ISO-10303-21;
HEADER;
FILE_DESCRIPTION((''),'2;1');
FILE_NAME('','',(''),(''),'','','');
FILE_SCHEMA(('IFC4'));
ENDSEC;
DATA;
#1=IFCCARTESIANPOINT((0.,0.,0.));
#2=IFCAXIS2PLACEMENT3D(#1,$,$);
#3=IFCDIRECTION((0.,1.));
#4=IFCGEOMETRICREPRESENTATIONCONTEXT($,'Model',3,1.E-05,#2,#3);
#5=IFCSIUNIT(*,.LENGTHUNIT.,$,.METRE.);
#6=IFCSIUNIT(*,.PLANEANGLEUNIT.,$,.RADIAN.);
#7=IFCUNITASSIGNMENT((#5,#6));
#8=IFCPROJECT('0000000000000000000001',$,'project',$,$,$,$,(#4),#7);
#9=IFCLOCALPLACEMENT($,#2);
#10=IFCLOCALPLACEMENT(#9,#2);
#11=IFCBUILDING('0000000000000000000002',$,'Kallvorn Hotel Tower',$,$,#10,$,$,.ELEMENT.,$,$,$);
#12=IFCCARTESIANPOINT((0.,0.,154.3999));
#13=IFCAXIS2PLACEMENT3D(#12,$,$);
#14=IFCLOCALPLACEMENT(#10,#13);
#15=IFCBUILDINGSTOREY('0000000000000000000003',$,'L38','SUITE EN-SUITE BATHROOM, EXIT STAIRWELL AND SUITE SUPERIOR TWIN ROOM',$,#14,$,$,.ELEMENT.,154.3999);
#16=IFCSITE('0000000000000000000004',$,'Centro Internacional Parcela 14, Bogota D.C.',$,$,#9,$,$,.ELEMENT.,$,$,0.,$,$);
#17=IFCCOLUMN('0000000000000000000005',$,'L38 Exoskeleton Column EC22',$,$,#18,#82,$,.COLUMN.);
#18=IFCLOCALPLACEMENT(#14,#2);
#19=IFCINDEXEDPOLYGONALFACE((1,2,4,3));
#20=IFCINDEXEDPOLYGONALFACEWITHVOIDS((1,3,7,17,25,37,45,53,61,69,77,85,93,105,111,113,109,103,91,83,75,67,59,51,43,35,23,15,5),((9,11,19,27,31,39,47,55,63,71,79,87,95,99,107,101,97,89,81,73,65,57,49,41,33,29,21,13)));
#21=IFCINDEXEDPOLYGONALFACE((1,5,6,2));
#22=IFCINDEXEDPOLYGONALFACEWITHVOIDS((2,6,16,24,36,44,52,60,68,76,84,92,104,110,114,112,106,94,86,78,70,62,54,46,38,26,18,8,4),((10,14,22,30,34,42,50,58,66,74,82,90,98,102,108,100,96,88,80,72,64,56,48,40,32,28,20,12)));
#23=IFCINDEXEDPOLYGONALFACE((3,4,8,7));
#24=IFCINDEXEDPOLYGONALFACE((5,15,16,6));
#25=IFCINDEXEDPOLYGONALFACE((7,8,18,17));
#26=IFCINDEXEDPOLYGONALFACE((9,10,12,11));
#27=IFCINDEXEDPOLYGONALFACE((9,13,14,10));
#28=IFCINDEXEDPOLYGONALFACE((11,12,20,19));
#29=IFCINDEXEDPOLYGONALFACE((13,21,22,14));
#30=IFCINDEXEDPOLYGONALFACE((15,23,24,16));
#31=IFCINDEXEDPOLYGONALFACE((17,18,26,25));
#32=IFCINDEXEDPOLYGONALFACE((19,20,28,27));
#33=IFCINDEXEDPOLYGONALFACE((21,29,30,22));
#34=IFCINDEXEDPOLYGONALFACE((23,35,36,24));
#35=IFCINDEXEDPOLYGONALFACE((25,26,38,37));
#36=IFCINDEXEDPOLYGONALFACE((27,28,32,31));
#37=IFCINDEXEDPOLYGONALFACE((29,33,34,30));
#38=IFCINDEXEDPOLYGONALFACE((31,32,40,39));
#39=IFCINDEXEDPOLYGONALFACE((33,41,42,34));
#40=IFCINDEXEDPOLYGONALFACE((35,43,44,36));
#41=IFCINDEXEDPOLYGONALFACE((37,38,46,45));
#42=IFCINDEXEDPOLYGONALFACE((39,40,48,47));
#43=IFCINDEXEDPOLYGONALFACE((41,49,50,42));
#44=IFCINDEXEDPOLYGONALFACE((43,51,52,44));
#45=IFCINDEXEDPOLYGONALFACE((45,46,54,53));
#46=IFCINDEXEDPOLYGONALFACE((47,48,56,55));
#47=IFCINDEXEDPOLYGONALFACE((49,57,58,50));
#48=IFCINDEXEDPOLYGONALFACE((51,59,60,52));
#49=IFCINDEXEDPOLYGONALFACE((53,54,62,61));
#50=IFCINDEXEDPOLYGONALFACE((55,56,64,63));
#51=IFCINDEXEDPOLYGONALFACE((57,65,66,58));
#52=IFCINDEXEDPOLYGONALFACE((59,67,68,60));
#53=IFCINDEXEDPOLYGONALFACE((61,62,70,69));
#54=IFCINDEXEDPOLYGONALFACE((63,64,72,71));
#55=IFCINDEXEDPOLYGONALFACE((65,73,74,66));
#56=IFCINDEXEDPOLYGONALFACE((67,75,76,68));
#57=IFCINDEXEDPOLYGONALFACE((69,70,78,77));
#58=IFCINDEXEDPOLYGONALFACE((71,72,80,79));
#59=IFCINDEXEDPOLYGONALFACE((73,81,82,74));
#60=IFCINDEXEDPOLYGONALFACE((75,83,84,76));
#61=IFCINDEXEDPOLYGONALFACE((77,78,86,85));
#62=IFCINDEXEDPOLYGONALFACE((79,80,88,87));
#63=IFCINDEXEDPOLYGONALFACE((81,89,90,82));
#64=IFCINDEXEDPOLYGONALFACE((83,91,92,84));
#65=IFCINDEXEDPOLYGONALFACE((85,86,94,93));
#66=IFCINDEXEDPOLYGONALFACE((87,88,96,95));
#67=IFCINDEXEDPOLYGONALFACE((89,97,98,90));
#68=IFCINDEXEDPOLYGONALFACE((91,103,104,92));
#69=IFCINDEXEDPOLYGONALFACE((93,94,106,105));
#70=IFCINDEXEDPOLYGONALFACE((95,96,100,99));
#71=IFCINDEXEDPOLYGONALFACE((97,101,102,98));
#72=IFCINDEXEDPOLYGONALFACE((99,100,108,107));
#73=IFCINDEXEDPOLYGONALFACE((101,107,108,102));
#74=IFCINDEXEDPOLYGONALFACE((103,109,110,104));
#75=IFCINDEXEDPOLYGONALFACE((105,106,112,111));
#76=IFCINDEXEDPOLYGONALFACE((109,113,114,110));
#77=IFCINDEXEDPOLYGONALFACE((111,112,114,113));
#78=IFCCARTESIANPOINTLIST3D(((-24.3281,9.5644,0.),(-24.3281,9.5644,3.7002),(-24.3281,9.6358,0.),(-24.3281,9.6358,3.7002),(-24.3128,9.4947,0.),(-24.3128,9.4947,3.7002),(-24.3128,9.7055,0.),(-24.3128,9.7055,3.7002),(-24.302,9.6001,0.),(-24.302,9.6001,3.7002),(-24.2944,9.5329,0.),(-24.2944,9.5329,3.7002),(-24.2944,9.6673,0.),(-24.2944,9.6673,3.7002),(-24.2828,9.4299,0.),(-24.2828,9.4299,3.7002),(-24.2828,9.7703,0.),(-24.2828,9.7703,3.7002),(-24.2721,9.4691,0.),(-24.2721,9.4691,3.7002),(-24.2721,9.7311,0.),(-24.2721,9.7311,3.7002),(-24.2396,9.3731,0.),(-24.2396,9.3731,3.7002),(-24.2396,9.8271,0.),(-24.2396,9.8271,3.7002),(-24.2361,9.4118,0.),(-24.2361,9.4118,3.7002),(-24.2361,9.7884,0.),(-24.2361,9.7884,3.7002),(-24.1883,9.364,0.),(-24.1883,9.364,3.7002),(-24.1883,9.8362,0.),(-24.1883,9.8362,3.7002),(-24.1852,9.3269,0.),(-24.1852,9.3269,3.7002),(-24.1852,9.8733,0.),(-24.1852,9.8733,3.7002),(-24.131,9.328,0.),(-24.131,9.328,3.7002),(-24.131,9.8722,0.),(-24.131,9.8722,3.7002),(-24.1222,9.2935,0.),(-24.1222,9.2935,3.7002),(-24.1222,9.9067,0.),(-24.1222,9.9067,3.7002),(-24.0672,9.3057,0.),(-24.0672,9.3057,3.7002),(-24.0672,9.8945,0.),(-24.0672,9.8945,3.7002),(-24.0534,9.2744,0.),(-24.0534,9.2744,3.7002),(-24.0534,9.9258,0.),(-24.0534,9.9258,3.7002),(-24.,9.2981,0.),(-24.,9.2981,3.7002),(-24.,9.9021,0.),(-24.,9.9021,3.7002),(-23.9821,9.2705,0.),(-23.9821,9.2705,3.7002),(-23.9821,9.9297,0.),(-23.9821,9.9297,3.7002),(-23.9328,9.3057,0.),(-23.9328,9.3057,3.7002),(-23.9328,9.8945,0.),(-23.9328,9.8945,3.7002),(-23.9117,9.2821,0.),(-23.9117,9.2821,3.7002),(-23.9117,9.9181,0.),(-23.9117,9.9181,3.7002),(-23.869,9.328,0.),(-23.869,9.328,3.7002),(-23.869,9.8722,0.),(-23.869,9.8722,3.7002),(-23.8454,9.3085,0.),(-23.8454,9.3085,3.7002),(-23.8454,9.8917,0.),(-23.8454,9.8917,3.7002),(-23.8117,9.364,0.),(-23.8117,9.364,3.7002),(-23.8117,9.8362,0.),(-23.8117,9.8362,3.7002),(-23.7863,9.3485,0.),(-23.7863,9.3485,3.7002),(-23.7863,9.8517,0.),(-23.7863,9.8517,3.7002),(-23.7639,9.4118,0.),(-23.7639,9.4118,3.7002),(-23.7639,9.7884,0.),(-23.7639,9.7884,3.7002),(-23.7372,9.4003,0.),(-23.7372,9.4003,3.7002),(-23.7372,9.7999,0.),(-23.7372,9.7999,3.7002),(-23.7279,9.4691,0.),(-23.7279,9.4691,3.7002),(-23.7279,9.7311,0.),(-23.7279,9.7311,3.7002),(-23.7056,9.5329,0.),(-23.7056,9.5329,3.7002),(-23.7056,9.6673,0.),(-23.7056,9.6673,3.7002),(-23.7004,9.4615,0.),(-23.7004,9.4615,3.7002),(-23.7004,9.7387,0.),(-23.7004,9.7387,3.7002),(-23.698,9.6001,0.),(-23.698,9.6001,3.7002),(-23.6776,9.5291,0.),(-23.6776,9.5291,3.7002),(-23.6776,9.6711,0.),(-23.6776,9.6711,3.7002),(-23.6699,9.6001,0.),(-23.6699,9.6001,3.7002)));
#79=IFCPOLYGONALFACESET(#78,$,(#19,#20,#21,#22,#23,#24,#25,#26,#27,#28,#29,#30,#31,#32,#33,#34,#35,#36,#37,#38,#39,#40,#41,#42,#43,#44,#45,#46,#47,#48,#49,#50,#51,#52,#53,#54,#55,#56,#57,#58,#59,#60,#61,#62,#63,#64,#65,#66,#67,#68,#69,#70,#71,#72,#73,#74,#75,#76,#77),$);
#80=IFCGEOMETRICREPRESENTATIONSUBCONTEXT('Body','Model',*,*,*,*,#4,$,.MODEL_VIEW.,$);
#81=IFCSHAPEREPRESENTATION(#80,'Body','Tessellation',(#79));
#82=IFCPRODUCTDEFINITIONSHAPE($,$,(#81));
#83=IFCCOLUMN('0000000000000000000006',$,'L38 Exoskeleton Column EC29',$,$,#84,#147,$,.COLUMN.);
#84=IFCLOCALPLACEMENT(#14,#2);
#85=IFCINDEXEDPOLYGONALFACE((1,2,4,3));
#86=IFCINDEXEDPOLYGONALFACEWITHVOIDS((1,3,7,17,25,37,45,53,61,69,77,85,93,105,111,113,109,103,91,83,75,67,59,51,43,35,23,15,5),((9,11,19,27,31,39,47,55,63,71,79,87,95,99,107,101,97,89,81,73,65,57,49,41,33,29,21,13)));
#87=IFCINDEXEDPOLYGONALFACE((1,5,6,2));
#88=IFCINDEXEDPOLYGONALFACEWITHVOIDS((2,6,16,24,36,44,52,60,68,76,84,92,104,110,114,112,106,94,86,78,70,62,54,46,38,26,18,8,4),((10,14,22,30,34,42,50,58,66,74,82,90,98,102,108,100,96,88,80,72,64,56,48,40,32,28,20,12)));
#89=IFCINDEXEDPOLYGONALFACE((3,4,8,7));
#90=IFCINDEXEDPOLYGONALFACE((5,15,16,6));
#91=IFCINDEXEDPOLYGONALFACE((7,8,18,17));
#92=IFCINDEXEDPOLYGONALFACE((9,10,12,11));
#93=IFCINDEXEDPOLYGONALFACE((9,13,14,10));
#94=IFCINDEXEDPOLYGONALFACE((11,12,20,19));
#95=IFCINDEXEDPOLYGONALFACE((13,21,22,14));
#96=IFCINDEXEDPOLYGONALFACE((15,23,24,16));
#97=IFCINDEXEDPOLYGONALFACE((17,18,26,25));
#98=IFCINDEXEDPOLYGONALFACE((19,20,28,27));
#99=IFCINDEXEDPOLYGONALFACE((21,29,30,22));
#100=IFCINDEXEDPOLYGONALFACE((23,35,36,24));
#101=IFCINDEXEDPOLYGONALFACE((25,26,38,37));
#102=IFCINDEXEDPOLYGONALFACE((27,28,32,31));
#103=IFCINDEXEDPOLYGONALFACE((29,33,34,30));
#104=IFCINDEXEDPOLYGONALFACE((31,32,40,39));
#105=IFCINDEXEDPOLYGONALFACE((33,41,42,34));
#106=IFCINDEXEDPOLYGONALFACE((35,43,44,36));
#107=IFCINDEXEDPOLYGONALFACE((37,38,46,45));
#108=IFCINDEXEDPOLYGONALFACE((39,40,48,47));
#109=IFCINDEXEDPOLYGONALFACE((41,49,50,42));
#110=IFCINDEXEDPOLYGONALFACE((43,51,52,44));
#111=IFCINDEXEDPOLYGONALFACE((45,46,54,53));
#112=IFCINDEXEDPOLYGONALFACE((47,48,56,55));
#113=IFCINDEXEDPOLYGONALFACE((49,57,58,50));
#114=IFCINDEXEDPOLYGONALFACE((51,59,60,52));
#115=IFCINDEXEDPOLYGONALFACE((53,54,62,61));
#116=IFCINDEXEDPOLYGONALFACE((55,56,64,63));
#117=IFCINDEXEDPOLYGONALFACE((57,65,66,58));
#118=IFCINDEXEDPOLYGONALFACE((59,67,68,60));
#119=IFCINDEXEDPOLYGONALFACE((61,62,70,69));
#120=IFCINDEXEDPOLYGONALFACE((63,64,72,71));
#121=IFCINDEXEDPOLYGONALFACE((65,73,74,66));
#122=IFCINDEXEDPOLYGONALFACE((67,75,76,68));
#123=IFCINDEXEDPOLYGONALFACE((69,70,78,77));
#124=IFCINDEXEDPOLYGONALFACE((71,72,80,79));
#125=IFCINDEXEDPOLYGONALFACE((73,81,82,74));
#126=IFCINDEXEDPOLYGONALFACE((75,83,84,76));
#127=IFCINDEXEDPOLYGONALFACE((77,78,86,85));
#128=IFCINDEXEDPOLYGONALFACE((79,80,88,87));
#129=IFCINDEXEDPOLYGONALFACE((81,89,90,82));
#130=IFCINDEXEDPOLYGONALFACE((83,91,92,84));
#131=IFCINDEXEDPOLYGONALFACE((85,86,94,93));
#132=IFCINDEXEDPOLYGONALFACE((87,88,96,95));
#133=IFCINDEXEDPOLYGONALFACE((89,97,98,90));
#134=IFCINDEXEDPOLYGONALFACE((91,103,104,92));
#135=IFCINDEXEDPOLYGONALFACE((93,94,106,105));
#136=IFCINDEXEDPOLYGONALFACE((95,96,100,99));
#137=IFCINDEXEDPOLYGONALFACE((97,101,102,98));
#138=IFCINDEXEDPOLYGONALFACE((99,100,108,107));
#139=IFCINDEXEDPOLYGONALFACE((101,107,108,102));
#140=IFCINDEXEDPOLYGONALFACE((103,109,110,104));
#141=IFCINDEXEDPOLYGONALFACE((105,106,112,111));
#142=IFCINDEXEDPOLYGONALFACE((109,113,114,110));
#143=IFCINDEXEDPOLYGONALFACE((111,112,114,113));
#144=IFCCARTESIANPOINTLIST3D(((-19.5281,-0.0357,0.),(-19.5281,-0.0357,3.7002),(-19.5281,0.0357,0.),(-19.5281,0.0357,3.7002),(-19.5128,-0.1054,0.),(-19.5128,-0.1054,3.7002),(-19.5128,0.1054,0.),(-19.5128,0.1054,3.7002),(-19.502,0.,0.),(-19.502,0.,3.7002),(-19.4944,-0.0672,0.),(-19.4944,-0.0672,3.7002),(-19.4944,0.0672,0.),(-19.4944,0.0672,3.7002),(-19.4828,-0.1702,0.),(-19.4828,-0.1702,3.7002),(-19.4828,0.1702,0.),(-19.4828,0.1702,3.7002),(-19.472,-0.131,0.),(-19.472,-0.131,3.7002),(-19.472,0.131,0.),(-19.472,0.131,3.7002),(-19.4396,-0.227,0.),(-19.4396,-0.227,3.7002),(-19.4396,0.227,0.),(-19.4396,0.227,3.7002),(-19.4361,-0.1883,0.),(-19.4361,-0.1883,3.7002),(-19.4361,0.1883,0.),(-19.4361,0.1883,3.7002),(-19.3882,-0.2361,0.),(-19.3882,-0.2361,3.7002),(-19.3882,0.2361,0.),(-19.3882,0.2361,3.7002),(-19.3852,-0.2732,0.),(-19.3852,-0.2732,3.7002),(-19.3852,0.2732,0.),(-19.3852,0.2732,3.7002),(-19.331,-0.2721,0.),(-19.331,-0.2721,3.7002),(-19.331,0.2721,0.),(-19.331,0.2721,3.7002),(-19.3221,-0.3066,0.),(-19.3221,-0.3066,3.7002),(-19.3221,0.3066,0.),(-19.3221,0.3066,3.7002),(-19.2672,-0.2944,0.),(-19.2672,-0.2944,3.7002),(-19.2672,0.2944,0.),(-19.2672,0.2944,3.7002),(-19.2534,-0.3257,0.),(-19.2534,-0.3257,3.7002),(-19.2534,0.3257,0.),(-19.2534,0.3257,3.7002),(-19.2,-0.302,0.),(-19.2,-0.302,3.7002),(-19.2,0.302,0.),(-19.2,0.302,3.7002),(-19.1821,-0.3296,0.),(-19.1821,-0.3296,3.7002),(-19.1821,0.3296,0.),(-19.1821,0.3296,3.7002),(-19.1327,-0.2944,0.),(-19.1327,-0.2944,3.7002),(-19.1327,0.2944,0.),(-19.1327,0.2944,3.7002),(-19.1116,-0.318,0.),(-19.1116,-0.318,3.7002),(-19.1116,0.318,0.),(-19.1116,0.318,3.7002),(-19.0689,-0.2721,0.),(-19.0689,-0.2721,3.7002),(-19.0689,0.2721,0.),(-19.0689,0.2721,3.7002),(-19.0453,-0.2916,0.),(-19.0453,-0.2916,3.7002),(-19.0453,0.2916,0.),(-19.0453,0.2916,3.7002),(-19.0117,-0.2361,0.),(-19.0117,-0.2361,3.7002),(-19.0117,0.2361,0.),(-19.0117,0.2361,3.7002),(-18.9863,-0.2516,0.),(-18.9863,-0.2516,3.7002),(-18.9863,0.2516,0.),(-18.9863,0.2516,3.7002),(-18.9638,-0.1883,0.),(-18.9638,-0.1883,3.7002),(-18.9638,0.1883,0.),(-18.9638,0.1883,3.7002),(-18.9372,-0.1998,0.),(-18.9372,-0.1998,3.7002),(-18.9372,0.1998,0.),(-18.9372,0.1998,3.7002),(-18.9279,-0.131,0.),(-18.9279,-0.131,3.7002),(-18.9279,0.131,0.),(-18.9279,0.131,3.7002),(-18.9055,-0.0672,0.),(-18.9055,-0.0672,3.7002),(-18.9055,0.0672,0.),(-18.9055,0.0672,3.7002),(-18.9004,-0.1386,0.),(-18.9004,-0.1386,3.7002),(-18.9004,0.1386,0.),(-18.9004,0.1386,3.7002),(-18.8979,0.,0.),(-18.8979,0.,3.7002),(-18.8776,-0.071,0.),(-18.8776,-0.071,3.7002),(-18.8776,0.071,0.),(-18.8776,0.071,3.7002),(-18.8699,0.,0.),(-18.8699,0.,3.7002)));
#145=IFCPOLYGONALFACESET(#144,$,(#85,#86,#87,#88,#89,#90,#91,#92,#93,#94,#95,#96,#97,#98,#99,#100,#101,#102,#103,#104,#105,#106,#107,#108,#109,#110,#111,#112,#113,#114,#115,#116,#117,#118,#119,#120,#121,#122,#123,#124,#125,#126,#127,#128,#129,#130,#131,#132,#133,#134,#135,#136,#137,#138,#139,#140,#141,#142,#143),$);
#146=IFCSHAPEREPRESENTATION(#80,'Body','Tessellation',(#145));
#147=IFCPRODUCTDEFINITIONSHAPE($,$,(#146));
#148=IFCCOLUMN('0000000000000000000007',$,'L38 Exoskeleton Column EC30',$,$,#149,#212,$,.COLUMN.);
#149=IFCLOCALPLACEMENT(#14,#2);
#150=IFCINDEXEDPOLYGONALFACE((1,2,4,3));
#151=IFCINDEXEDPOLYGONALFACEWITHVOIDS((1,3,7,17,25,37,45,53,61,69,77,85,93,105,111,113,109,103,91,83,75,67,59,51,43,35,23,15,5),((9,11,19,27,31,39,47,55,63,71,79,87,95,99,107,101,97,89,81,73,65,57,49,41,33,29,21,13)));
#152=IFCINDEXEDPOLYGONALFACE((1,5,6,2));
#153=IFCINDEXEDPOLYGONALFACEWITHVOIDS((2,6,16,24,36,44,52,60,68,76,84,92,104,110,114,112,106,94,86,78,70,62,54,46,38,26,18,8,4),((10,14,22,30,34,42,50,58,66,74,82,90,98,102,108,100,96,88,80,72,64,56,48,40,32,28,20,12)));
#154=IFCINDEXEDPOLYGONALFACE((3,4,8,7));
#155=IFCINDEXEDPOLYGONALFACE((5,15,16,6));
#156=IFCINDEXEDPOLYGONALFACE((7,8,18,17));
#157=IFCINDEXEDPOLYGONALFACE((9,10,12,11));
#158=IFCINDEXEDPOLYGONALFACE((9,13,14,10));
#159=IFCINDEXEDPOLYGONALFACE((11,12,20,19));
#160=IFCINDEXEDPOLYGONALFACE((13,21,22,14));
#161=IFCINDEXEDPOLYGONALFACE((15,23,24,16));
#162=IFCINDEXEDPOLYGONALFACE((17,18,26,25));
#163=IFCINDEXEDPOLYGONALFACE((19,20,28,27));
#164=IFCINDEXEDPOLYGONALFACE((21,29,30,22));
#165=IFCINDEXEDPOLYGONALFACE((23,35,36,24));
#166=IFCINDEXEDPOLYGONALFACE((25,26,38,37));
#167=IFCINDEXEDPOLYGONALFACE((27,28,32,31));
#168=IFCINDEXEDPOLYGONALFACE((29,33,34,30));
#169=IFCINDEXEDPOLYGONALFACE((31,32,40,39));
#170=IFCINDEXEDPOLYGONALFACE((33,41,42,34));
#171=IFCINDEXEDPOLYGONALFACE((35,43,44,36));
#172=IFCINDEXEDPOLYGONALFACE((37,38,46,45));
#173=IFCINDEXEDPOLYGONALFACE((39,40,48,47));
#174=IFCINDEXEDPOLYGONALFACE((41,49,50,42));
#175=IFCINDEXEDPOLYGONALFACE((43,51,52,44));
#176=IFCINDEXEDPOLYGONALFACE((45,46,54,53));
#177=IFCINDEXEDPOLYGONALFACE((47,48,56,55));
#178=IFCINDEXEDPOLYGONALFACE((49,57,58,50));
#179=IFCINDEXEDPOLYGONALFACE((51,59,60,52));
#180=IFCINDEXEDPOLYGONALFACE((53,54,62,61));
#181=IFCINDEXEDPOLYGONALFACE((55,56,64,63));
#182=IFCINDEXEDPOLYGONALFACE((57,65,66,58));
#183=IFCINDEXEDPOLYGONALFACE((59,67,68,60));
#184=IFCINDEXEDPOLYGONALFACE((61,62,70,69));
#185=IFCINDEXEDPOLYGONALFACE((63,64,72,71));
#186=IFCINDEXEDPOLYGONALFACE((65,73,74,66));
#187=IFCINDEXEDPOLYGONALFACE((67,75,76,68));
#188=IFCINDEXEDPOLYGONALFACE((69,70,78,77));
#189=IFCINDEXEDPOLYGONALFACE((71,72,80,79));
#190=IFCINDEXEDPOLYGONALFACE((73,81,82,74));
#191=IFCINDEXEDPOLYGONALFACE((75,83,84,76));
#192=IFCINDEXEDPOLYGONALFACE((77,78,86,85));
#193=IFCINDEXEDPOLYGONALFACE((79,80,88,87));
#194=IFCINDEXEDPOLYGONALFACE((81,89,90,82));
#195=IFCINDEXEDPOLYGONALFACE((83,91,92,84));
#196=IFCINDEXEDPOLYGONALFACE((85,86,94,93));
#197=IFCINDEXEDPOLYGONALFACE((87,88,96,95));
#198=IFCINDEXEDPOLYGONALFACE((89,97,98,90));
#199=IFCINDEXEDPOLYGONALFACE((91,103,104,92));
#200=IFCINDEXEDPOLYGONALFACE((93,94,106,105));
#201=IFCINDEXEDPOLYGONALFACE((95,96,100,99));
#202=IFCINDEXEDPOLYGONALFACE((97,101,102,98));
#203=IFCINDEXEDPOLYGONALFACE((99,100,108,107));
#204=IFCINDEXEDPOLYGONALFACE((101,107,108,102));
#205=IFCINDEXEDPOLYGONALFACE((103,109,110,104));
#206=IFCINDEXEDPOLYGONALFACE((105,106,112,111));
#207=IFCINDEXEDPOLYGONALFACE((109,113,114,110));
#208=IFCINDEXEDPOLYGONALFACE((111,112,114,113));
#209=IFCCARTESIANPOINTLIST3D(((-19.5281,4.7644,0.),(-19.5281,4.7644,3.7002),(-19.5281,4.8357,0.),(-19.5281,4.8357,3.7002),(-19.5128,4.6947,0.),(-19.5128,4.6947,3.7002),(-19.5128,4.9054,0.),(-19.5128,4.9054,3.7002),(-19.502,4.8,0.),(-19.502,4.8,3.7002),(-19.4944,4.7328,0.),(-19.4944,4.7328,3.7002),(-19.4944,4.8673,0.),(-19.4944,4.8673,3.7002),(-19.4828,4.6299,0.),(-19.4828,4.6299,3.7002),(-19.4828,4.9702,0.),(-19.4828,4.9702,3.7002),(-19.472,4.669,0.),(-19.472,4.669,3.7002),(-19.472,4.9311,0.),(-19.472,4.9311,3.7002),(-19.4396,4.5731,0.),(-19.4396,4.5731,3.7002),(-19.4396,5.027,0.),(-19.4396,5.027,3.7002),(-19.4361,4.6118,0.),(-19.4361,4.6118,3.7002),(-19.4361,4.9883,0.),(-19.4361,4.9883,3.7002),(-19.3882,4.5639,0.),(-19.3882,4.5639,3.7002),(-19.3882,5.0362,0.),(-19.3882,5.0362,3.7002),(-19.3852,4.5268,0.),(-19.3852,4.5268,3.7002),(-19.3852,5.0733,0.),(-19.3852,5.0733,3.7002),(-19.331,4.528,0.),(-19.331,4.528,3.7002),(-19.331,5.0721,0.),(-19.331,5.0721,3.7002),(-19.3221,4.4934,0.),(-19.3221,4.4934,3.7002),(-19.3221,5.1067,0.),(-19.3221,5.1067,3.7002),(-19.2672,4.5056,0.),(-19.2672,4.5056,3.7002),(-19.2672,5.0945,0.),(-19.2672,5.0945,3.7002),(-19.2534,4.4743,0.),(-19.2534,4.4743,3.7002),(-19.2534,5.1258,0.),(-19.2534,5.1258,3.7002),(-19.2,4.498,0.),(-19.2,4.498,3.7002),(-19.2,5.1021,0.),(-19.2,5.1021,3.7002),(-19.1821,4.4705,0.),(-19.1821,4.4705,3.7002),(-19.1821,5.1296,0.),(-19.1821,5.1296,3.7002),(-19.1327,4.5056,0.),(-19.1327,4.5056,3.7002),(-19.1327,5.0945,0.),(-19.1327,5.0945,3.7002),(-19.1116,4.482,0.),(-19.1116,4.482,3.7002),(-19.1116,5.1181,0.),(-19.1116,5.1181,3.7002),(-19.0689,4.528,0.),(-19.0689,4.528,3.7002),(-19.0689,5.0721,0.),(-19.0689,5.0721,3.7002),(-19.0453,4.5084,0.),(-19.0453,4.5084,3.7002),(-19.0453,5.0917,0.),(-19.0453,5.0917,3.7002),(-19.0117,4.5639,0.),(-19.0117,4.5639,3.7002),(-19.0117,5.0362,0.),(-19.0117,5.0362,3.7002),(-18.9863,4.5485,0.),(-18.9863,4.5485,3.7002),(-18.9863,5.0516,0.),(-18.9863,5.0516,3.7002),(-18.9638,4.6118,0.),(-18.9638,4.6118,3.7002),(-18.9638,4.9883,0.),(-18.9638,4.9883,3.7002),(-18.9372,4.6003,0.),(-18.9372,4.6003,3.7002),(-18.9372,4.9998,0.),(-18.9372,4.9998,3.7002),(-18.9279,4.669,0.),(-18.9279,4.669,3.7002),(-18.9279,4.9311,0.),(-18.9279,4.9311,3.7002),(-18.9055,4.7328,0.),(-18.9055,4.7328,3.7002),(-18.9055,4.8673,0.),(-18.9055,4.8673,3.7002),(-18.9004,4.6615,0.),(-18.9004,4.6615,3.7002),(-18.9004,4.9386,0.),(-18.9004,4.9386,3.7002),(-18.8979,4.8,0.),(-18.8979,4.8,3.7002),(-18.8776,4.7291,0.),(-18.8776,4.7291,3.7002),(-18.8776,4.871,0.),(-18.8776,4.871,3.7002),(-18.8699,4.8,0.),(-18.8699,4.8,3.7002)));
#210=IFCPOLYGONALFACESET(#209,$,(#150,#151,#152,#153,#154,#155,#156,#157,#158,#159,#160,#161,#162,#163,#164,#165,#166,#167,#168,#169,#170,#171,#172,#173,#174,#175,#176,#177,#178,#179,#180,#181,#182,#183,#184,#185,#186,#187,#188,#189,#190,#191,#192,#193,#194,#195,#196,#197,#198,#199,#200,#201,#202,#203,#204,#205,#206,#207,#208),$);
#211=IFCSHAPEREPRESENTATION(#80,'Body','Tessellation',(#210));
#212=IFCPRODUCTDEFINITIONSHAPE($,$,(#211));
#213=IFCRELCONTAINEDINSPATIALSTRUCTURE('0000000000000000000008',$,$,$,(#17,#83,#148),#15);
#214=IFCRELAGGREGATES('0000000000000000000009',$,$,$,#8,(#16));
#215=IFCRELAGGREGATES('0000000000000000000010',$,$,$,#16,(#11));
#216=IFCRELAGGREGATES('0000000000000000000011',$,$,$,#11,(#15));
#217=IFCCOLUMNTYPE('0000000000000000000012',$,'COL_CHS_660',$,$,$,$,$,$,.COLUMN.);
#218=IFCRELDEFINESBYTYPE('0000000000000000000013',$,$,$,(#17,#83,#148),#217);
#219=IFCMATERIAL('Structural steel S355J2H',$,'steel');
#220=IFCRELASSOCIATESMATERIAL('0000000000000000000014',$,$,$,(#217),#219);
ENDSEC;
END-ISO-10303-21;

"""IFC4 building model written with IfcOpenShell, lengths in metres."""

from ifc_helpers import new_model, si_unit, direction, frame, origin, origin_2d, place, context, subcontext, project, spatial, hollow_circle, extrude, material, material_profile, profile_set, type_object, element, save


model = new_model("IFC4")

# Units and contexts
model_context = context("Model", 3, precision=1e-05, world=origin(), true_north=direction((0.0, 1.0)))
body_context = subcontext(model_context, "Body", "Model", "MODEL_VIEW")
ifc_project = project(units=[si_unit("LENGTHUNIT", "METRE"), si_unit("PLANEANGLEUNIT", "RADIAN")], contexts=[model_context])

# Site, building, storey
site_placement = place(None, origin())
site = spatial("IfcSite", under=ifc_project, at=site_placement, Name="Centro Internacional Parcela 14, Bogota D.C.", CompositionType="ELEMENT", RefElevation=0.0)
building_placement = place(site_placement, origin())
building = spatial("IfcBuilding", under=site, at=building_placement, Name="Kallvorn Hotel Tower", CompositionType="ELEMENT")
storey_placement = place(building_placement, frame((0.0, 0.0, 154.3999)))
storey = spatial("IfcBuildingStorey", under=building, at=storey_placement, Name="L38", Description="SUITE EN-SUITE BATHROOM, EXIT STAIRWELL AND SUITE SUPERIOR TWIN ROOM", CompositionType="ELEMENT", Elevation=154.3999)

# Columns
ifc_material_1 = material(Name="Structural steel S355J2H", Category="steel")
ifc_material_profile_1 = material_profile(ifc_material_1, hollow_circle(Radius=0.3301, WallThickness=0.0281, at=origin_2d()), Name="CHS 660x28")
ifc_profile_set_1 = profile_set([ifc_material_profile_1], Name="Structural steel S355J2H")
column_type_1 = type_object("IfcColumnType", Name="COL_CHS_660", PredefinedType="COLUMN", material=ifc_profile_set_1)
for number, where, z_axis, x_axis, name in (
    (1, (-24.0, 9.6001, 0.0), (0.0, 0.0, 1.0), (1.0, 0.0, 0.0), "L38 Exoskeleton Column EC22"),
    (2, (-19.2, 0.0, 0.0), (0.0, 0.0, 1.0), (1.0, 0.0, 0.0), "L38 Exoskeleton Column EC29"),
    (3, (-19.2, 4.8, 0.0), (0.0, 0.0, 1.0), (1.0, 0.0, 0.0), "L38 Exoskeleton Column EC30"),
):
    element("IfcColumn", number, at=place(storey_placement, frame(where, z_axis=z_axis, x_axis=x_axis)), inside=storey, type_object=column_type_1, Name=name, PredefinedType="COLUMN", context=body_context, shape_type="SweptSolid", body=[
        extrude(hollow_circle(Radius=0.3301, WallThickness=0.0281, at=origin_2d()), origin(), (0.0, 0.0, 1.0), 3.7002),
    ])

save(model, "model.ifc")
